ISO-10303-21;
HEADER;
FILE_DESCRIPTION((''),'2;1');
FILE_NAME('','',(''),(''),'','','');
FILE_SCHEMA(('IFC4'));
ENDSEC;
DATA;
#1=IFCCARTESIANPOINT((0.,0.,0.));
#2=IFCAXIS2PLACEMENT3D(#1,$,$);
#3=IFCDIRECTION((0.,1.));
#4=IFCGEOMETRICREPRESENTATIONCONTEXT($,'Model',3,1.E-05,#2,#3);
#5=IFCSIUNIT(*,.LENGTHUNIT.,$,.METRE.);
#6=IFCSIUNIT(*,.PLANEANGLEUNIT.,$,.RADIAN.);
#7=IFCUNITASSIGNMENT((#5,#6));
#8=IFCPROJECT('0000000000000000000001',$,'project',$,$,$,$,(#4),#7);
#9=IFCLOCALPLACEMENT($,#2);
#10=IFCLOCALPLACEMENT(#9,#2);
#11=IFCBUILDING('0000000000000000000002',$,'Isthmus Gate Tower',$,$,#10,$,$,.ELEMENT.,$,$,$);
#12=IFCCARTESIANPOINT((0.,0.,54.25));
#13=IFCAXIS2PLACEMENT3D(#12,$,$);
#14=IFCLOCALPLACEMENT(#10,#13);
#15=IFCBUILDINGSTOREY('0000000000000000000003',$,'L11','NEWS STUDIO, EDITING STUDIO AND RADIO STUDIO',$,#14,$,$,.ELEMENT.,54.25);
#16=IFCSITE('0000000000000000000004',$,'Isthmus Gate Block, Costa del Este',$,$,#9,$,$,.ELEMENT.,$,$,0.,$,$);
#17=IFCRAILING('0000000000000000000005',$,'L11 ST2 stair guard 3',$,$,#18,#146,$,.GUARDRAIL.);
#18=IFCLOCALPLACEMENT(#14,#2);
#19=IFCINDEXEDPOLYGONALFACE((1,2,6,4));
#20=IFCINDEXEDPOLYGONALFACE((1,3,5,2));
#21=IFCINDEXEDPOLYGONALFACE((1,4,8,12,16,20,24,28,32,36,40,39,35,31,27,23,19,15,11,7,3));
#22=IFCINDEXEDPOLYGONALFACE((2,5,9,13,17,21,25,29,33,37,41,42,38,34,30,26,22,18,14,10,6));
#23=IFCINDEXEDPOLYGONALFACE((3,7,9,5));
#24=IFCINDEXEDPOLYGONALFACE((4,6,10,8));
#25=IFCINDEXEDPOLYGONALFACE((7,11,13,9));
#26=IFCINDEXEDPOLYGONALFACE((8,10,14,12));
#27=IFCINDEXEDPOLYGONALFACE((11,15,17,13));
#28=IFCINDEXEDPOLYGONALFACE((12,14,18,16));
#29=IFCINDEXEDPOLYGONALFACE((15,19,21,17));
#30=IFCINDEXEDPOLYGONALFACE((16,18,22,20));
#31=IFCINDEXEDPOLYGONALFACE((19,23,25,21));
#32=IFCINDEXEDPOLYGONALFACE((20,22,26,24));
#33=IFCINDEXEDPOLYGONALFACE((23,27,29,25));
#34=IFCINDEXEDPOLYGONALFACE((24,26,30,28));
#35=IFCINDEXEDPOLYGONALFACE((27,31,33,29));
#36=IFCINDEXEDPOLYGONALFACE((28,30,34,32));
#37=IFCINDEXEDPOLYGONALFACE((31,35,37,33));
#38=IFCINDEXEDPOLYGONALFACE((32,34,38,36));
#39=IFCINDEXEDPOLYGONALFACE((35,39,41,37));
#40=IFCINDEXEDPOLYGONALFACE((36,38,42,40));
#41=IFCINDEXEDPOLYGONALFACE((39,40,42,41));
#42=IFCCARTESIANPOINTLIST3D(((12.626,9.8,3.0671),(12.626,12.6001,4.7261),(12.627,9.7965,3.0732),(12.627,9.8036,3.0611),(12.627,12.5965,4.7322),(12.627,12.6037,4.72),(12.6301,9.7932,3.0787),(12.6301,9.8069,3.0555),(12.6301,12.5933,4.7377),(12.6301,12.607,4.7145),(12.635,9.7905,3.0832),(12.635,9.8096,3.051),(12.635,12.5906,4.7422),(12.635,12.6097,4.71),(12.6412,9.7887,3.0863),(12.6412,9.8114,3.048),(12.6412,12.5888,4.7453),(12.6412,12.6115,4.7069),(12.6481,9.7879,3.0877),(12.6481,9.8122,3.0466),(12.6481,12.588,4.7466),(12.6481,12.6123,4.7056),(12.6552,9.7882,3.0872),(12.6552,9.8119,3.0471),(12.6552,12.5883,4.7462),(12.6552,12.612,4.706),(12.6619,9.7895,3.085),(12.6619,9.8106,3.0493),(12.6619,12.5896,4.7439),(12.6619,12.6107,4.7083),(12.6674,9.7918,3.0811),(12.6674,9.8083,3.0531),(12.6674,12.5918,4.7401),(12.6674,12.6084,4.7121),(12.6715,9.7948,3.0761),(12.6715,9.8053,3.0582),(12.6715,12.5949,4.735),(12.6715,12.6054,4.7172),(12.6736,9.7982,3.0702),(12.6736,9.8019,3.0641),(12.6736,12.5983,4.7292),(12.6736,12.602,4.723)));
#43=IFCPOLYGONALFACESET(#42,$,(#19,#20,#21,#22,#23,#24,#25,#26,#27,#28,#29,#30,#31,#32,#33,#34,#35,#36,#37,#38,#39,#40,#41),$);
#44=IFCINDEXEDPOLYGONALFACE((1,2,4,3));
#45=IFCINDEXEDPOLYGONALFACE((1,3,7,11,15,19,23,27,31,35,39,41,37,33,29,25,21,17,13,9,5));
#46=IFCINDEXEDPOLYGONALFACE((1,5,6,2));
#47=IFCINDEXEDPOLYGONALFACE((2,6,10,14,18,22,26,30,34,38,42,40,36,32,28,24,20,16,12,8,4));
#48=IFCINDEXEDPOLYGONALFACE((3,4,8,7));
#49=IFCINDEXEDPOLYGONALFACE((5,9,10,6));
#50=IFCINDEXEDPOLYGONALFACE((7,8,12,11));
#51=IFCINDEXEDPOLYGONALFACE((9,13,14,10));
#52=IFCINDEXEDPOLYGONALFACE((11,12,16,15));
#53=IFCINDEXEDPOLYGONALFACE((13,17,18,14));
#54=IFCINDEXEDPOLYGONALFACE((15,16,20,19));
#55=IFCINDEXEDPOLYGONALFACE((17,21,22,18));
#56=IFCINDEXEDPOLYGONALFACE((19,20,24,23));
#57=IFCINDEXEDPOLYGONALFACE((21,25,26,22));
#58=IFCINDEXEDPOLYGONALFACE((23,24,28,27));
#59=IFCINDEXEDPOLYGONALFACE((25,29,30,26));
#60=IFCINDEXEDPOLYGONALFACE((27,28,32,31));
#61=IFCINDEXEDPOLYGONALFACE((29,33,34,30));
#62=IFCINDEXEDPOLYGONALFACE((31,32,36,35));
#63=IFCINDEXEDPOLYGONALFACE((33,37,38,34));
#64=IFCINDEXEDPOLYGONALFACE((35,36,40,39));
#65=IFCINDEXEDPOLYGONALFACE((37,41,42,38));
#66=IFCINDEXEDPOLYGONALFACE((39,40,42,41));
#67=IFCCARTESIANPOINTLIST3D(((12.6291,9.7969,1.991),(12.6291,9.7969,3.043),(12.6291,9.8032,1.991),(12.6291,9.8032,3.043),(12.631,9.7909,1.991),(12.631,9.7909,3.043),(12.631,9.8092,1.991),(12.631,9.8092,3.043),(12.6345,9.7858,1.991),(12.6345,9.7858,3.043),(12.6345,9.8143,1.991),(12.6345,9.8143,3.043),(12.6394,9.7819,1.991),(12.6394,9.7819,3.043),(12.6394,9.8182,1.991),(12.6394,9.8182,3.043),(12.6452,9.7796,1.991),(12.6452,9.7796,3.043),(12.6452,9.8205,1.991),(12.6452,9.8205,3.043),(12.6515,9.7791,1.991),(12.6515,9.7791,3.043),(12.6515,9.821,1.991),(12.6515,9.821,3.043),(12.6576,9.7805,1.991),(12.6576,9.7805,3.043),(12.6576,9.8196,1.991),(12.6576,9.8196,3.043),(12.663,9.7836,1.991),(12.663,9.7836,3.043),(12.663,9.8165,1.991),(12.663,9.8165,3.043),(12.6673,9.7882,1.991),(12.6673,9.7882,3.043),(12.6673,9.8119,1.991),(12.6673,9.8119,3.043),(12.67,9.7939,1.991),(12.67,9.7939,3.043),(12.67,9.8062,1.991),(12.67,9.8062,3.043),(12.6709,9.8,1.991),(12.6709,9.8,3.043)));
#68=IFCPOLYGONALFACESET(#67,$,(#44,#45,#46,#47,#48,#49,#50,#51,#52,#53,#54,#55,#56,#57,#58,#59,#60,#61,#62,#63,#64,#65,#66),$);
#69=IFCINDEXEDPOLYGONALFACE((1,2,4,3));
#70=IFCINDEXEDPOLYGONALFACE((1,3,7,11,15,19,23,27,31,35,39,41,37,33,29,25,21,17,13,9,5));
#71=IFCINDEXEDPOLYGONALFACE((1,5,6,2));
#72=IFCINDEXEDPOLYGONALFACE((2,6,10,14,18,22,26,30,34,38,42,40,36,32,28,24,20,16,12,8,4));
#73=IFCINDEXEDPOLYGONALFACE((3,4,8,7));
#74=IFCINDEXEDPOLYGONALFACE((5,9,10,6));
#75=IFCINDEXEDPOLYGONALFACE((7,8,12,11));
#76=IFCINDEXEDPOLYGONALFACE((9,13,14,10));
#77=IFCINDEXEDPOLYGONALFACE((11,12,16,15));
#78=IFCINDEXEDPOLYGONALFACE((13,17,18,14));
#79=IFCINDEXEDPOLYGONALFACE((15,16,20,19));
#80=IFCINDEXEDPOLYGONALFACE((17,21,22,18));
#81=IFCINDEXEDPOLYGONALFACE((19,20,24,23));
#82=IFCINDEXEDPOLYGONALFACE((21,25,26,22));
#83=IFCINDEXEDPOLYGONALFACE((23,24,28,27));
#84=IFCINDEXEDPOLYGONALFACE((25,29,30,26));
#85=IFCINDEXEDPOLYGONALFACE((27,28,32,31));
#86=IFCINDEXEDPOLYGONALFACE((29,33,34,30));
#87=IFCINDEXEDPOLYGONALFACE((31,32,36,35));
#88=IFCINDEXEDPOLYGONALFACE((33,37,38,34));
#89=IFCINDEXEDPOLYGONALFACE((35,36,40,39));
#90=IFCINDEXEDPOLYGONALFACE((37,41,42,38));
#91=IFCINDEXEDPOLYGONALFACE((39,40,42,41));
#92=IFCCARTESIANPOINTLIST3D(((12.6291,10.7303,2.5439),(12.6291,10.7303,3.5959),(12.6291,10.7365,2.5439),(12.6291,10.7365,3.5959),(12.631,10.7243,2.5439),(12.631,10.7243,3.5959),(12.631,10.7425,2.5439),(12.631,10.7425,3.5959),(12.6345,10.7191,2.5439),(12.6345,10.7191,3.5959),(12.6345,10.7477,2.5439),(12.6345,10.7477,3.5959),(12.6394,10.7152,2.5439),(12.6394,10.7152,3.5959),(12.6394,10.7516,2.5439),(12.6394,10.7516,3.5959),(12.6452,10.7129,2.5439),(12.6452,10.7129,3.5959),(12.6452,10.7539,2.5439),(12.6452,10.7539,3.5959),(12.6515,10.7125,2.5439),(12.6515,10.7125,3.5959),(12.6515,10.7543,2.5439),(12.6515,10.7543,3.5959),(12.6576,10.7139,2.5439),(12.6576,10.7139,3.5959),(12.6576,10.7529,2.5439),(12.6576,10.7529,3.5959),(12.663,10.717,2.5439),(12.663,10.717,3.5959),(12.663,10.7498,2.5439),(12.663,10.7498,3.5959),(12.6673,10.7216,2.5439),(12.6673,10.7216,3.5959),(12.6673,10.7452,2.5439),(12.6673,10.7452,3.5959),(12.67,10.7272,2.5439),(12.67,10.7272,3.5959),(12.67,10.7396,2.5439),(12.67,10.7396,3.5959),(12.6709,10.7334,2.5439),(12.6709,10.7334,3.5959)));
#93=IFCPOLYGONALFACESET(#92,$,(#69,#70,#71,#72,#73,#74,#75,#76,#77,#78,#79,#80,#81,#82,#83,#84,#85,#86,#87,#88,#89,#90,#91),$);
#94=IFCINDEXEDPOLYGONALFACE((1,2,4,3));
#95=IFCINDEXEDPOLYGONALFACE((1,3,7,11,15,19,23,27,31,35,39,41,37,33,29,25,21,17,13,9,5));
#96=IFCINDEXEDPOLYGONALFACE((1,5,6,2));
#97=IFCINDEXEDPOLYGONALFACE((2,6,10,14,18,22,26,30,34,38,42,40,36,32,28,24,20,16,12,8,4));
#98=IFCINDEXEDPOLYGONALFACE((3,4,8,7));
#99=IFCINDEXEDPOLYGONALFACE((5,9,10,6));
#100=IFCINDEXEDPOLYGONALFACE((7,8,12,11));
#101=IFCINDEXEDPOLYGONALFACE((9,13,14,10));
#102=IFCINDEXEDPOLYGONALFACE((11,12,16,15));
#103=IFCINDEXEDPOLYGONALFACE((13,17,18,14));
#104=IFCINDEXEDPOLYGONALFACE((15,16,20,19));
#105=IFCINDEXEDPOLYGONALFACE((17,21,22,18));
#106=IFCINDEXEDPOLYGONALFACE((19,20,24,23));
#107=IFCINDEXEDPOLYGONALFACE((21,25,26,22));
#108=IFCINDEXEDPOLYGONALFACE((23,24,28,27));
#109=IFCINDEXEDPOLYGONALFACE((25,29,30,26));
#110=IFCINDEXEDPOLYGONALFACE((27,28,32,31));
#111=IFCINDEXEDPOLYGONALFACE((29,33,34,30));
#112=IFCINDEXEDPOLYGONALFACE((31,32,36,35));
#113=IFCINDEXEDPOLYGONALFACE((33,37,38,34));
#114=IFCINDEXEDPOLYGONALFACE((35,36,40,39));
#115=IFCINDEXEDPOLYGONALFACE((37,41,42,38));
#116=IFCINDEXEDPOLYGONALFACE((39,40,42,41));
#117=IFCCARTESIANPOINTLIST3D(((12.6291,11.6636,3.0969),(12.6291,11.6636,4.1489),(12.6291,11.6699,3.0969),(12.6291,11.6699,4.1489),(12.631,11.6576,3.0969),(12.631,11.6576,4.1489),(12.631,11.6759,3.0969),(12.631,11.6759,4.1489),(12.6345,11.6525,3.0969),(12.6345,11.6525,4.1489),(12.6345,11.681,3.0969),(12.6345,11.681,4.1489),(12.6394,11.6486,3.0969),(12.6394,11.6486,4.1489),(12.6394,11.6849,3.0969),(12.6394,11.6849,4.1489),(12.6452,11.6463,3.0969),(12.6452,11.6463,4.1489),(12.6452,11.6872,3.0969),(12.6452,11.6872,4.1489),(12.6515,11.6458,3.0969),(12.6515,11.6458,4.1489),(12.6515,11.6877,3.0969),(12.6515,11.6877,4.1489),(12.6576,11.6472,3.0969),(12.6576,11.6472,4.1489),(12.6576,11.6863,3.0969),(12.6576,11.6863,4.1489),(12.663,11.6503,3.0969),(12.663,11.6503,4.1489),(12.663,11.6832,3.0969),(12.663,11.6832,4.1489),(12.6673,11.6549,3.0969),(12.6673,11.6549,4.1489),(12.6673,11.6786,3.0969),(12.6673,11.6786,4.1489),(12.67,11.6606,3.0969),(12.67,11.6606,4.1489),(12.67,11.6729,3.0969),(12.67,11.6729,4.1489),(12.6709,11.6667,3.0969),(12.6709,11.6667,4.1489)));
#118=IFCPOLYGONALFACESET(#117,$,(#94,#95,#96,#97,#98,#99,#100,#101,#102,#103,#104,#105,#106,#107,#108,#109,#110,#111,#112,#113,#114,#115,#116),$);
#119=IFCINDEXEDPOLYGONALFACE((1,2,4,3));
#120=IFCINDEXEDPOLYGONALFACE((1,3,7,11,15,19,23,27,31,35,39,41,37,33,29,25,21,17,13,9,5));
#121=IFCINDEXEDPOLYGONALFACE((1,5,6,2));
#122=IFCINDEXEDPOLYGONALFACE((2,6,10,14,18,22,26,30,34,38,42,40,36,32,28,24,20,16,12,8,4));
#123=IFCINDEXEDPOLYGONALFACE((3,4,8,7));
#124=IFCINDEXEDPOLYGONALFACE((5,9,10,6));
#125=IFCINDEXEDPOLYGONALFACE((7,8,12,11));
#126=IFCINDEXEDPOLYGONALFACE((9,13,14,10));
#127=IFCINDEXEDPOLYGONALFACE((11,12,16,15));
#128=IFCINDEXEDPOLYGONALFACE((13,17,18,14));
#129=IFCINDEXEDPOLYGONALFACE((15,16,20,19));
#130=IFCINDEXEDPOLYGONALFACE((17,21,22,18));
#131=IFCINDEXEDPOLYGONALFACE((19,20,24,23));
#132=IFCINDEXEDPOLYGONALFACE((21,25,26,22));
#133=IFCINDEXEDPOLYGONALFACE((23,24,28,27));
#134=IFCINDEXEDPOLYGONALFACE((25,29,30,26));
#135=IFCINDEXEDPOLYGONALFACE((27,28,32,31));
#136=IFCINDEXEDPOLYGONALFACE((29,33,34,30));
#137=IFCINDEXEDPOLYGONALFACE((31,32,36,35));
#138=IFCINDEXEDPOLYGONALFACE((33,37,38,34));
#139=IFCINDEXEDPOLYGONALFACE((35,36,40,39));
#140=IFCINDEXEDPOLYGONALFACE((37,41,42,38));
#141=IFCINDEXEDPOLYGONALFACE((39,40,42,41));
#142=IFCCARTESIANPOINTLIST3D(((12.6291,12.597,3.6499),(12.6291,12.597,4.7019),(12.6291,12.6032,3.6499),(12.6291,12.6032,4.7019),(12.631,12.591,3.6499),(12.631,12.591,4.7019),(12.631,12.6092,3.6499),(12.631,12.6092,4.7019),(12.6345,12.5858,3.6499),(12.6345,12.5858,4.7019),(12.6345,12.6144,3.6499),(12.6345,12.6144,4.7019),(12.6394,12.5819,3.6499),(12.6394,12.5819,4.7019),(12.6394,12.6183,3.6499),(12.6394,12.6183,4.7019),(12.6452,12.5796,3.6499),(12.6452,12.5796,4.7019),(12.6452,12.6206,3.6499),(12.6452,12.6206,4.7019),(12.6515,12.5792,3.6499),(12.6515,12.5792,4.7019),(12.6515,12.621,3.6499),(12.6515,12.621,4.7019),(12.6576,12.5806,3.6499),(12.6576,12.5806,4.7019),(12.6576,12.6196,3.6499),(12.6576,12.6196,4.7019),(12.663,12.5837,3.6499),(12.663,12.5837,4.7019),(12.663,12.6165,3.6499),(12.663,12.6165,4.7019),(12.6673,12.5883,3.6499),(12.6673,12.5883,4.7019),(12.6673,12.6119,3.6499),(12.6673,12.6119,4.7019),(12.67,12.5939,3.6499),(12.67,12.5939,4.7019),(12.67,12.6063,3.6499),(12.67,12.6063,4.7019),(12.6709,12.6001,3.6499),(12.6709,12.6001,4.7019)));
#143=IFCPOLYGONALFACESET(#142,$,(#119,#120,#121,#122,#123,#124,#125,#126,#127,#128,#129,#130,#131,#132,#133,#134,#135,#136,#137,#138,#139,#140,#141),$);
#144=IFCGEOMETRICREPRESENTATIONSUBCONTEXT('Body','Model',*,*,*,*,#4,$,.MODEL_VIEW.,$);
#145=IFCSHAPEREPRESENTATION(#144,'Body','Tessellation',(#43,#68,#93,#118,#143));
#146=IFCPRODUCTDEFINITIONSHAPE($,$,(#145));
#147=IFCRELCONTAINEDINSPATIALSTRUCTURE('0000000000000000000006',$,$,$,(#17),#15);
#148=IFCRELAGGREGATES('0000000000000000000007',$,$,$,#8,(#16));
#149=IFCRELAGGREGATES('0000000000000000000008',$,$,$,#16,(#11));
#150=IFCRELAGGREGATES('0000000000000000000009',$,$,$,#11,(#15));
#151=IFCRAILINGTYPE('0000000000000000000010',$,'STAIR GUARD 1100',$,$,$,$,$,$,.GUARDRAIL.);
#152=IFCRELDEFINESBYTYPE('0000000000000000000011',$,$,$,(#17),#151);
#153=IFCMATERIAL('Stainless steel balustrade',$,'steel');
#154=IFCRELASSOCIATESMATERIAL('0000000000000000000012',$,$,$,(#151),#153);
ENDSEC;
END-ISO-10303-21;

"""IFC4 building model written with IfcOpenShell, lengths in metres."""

from ifc_helpers import new_model, si_unit, direction, frame, origin, origin_2d, place, context, subcontext, project, spatial, circle, extrude, material, type_object, element, save


model = new_model("IFC4")

# Units and contexts
model_context = context("Model", 3, precision=1e-05, world=origin(), true_north=direction((0.0, 1.0)))
body_context = subcontext(model_context, "Body", "Model", "MODEL_VIEW")
ifc_project = project(units=[si_unit("LENGTHUNIT", "METRE"), si_unit("PLANEANGLEUNIT", "RADIAN")], contexts=[model_context])

# Site, building, storey
site_placement = place(None, origin())
site = spatial("IfcSite", under=ifc_project, at=site_placement, Name="Isthmus Gate Block, Costa del Este", CompositionType="ELEMENT", RefElevation=0.0)
building_placement = place(site_placement, origin())
building = spatial("IfcBuilding", under=site, at=building_placement, Name="Isthmus Gate Tower", CompositionType="ELEMENT")
storey_placement = place(building_placement, frame((0.0, 0.0, 54.25)))
storey = spatial("IfcBuildingStorey", under=building, at=storey_placement, Name="L11", Description="NEWS STUDIO, EDITING STUDIO AND RADIO STUDIO", CompositionType="ELEMENT", Elevation=54.25)

# Railing
ifc_material_1 = material(Name="Stainless steel balustrade", Category="steel")
railing_type_1 = type_object("IfcRailingType", Name="STAIR GUARD 1100", PredefinedType="GUARDRAIL", material=ifc_material_1)
railing_1_placement = place(storey_placement, frame((12.6499, 9.8, 1.991)))
element("IfcRailing", 1, at=railing_1_placement, inside=storey, type_object=railing_type_1, Name="L11 ST2 stair guard 3", PredefinedType="GUARDRAIL", context=body_context, shape_type="SweptSolid", body=[
    extrude(circle(Radius=0.0239, at=origin_2d()), frame((0.0, 0.0, 1.0762), z_axis=(0.0, 0.860339, 0.509722), x_axis=(-1.0, 0.0, 0.0)), (0.0, 0.0, 1.0), 3.2546),
    extrude(circle(Radius=0.021, at=origin_2d()), origin(), (0.0, 0.0, 1.0), 1.052),
    extrude(circle(Radius=0.021, at=origin_2d()), frame((0.0, 0.9333, 0.553)), (0.0, 0.0, 1.0), 1.052),
    extrude(circle(Radius=0.021, at=origin_2d()), frame((0.0, 1.8667, 1.106)), (0.0, 0.0, 1.0), 1.052),
    extrude(circle(Radius=0.021, at=origin_2d()), frame((0.0, 2.8, 1.6589)), (0.0, 0.0, 1.0), 1.052),
])

save(model, "model.ifc")
